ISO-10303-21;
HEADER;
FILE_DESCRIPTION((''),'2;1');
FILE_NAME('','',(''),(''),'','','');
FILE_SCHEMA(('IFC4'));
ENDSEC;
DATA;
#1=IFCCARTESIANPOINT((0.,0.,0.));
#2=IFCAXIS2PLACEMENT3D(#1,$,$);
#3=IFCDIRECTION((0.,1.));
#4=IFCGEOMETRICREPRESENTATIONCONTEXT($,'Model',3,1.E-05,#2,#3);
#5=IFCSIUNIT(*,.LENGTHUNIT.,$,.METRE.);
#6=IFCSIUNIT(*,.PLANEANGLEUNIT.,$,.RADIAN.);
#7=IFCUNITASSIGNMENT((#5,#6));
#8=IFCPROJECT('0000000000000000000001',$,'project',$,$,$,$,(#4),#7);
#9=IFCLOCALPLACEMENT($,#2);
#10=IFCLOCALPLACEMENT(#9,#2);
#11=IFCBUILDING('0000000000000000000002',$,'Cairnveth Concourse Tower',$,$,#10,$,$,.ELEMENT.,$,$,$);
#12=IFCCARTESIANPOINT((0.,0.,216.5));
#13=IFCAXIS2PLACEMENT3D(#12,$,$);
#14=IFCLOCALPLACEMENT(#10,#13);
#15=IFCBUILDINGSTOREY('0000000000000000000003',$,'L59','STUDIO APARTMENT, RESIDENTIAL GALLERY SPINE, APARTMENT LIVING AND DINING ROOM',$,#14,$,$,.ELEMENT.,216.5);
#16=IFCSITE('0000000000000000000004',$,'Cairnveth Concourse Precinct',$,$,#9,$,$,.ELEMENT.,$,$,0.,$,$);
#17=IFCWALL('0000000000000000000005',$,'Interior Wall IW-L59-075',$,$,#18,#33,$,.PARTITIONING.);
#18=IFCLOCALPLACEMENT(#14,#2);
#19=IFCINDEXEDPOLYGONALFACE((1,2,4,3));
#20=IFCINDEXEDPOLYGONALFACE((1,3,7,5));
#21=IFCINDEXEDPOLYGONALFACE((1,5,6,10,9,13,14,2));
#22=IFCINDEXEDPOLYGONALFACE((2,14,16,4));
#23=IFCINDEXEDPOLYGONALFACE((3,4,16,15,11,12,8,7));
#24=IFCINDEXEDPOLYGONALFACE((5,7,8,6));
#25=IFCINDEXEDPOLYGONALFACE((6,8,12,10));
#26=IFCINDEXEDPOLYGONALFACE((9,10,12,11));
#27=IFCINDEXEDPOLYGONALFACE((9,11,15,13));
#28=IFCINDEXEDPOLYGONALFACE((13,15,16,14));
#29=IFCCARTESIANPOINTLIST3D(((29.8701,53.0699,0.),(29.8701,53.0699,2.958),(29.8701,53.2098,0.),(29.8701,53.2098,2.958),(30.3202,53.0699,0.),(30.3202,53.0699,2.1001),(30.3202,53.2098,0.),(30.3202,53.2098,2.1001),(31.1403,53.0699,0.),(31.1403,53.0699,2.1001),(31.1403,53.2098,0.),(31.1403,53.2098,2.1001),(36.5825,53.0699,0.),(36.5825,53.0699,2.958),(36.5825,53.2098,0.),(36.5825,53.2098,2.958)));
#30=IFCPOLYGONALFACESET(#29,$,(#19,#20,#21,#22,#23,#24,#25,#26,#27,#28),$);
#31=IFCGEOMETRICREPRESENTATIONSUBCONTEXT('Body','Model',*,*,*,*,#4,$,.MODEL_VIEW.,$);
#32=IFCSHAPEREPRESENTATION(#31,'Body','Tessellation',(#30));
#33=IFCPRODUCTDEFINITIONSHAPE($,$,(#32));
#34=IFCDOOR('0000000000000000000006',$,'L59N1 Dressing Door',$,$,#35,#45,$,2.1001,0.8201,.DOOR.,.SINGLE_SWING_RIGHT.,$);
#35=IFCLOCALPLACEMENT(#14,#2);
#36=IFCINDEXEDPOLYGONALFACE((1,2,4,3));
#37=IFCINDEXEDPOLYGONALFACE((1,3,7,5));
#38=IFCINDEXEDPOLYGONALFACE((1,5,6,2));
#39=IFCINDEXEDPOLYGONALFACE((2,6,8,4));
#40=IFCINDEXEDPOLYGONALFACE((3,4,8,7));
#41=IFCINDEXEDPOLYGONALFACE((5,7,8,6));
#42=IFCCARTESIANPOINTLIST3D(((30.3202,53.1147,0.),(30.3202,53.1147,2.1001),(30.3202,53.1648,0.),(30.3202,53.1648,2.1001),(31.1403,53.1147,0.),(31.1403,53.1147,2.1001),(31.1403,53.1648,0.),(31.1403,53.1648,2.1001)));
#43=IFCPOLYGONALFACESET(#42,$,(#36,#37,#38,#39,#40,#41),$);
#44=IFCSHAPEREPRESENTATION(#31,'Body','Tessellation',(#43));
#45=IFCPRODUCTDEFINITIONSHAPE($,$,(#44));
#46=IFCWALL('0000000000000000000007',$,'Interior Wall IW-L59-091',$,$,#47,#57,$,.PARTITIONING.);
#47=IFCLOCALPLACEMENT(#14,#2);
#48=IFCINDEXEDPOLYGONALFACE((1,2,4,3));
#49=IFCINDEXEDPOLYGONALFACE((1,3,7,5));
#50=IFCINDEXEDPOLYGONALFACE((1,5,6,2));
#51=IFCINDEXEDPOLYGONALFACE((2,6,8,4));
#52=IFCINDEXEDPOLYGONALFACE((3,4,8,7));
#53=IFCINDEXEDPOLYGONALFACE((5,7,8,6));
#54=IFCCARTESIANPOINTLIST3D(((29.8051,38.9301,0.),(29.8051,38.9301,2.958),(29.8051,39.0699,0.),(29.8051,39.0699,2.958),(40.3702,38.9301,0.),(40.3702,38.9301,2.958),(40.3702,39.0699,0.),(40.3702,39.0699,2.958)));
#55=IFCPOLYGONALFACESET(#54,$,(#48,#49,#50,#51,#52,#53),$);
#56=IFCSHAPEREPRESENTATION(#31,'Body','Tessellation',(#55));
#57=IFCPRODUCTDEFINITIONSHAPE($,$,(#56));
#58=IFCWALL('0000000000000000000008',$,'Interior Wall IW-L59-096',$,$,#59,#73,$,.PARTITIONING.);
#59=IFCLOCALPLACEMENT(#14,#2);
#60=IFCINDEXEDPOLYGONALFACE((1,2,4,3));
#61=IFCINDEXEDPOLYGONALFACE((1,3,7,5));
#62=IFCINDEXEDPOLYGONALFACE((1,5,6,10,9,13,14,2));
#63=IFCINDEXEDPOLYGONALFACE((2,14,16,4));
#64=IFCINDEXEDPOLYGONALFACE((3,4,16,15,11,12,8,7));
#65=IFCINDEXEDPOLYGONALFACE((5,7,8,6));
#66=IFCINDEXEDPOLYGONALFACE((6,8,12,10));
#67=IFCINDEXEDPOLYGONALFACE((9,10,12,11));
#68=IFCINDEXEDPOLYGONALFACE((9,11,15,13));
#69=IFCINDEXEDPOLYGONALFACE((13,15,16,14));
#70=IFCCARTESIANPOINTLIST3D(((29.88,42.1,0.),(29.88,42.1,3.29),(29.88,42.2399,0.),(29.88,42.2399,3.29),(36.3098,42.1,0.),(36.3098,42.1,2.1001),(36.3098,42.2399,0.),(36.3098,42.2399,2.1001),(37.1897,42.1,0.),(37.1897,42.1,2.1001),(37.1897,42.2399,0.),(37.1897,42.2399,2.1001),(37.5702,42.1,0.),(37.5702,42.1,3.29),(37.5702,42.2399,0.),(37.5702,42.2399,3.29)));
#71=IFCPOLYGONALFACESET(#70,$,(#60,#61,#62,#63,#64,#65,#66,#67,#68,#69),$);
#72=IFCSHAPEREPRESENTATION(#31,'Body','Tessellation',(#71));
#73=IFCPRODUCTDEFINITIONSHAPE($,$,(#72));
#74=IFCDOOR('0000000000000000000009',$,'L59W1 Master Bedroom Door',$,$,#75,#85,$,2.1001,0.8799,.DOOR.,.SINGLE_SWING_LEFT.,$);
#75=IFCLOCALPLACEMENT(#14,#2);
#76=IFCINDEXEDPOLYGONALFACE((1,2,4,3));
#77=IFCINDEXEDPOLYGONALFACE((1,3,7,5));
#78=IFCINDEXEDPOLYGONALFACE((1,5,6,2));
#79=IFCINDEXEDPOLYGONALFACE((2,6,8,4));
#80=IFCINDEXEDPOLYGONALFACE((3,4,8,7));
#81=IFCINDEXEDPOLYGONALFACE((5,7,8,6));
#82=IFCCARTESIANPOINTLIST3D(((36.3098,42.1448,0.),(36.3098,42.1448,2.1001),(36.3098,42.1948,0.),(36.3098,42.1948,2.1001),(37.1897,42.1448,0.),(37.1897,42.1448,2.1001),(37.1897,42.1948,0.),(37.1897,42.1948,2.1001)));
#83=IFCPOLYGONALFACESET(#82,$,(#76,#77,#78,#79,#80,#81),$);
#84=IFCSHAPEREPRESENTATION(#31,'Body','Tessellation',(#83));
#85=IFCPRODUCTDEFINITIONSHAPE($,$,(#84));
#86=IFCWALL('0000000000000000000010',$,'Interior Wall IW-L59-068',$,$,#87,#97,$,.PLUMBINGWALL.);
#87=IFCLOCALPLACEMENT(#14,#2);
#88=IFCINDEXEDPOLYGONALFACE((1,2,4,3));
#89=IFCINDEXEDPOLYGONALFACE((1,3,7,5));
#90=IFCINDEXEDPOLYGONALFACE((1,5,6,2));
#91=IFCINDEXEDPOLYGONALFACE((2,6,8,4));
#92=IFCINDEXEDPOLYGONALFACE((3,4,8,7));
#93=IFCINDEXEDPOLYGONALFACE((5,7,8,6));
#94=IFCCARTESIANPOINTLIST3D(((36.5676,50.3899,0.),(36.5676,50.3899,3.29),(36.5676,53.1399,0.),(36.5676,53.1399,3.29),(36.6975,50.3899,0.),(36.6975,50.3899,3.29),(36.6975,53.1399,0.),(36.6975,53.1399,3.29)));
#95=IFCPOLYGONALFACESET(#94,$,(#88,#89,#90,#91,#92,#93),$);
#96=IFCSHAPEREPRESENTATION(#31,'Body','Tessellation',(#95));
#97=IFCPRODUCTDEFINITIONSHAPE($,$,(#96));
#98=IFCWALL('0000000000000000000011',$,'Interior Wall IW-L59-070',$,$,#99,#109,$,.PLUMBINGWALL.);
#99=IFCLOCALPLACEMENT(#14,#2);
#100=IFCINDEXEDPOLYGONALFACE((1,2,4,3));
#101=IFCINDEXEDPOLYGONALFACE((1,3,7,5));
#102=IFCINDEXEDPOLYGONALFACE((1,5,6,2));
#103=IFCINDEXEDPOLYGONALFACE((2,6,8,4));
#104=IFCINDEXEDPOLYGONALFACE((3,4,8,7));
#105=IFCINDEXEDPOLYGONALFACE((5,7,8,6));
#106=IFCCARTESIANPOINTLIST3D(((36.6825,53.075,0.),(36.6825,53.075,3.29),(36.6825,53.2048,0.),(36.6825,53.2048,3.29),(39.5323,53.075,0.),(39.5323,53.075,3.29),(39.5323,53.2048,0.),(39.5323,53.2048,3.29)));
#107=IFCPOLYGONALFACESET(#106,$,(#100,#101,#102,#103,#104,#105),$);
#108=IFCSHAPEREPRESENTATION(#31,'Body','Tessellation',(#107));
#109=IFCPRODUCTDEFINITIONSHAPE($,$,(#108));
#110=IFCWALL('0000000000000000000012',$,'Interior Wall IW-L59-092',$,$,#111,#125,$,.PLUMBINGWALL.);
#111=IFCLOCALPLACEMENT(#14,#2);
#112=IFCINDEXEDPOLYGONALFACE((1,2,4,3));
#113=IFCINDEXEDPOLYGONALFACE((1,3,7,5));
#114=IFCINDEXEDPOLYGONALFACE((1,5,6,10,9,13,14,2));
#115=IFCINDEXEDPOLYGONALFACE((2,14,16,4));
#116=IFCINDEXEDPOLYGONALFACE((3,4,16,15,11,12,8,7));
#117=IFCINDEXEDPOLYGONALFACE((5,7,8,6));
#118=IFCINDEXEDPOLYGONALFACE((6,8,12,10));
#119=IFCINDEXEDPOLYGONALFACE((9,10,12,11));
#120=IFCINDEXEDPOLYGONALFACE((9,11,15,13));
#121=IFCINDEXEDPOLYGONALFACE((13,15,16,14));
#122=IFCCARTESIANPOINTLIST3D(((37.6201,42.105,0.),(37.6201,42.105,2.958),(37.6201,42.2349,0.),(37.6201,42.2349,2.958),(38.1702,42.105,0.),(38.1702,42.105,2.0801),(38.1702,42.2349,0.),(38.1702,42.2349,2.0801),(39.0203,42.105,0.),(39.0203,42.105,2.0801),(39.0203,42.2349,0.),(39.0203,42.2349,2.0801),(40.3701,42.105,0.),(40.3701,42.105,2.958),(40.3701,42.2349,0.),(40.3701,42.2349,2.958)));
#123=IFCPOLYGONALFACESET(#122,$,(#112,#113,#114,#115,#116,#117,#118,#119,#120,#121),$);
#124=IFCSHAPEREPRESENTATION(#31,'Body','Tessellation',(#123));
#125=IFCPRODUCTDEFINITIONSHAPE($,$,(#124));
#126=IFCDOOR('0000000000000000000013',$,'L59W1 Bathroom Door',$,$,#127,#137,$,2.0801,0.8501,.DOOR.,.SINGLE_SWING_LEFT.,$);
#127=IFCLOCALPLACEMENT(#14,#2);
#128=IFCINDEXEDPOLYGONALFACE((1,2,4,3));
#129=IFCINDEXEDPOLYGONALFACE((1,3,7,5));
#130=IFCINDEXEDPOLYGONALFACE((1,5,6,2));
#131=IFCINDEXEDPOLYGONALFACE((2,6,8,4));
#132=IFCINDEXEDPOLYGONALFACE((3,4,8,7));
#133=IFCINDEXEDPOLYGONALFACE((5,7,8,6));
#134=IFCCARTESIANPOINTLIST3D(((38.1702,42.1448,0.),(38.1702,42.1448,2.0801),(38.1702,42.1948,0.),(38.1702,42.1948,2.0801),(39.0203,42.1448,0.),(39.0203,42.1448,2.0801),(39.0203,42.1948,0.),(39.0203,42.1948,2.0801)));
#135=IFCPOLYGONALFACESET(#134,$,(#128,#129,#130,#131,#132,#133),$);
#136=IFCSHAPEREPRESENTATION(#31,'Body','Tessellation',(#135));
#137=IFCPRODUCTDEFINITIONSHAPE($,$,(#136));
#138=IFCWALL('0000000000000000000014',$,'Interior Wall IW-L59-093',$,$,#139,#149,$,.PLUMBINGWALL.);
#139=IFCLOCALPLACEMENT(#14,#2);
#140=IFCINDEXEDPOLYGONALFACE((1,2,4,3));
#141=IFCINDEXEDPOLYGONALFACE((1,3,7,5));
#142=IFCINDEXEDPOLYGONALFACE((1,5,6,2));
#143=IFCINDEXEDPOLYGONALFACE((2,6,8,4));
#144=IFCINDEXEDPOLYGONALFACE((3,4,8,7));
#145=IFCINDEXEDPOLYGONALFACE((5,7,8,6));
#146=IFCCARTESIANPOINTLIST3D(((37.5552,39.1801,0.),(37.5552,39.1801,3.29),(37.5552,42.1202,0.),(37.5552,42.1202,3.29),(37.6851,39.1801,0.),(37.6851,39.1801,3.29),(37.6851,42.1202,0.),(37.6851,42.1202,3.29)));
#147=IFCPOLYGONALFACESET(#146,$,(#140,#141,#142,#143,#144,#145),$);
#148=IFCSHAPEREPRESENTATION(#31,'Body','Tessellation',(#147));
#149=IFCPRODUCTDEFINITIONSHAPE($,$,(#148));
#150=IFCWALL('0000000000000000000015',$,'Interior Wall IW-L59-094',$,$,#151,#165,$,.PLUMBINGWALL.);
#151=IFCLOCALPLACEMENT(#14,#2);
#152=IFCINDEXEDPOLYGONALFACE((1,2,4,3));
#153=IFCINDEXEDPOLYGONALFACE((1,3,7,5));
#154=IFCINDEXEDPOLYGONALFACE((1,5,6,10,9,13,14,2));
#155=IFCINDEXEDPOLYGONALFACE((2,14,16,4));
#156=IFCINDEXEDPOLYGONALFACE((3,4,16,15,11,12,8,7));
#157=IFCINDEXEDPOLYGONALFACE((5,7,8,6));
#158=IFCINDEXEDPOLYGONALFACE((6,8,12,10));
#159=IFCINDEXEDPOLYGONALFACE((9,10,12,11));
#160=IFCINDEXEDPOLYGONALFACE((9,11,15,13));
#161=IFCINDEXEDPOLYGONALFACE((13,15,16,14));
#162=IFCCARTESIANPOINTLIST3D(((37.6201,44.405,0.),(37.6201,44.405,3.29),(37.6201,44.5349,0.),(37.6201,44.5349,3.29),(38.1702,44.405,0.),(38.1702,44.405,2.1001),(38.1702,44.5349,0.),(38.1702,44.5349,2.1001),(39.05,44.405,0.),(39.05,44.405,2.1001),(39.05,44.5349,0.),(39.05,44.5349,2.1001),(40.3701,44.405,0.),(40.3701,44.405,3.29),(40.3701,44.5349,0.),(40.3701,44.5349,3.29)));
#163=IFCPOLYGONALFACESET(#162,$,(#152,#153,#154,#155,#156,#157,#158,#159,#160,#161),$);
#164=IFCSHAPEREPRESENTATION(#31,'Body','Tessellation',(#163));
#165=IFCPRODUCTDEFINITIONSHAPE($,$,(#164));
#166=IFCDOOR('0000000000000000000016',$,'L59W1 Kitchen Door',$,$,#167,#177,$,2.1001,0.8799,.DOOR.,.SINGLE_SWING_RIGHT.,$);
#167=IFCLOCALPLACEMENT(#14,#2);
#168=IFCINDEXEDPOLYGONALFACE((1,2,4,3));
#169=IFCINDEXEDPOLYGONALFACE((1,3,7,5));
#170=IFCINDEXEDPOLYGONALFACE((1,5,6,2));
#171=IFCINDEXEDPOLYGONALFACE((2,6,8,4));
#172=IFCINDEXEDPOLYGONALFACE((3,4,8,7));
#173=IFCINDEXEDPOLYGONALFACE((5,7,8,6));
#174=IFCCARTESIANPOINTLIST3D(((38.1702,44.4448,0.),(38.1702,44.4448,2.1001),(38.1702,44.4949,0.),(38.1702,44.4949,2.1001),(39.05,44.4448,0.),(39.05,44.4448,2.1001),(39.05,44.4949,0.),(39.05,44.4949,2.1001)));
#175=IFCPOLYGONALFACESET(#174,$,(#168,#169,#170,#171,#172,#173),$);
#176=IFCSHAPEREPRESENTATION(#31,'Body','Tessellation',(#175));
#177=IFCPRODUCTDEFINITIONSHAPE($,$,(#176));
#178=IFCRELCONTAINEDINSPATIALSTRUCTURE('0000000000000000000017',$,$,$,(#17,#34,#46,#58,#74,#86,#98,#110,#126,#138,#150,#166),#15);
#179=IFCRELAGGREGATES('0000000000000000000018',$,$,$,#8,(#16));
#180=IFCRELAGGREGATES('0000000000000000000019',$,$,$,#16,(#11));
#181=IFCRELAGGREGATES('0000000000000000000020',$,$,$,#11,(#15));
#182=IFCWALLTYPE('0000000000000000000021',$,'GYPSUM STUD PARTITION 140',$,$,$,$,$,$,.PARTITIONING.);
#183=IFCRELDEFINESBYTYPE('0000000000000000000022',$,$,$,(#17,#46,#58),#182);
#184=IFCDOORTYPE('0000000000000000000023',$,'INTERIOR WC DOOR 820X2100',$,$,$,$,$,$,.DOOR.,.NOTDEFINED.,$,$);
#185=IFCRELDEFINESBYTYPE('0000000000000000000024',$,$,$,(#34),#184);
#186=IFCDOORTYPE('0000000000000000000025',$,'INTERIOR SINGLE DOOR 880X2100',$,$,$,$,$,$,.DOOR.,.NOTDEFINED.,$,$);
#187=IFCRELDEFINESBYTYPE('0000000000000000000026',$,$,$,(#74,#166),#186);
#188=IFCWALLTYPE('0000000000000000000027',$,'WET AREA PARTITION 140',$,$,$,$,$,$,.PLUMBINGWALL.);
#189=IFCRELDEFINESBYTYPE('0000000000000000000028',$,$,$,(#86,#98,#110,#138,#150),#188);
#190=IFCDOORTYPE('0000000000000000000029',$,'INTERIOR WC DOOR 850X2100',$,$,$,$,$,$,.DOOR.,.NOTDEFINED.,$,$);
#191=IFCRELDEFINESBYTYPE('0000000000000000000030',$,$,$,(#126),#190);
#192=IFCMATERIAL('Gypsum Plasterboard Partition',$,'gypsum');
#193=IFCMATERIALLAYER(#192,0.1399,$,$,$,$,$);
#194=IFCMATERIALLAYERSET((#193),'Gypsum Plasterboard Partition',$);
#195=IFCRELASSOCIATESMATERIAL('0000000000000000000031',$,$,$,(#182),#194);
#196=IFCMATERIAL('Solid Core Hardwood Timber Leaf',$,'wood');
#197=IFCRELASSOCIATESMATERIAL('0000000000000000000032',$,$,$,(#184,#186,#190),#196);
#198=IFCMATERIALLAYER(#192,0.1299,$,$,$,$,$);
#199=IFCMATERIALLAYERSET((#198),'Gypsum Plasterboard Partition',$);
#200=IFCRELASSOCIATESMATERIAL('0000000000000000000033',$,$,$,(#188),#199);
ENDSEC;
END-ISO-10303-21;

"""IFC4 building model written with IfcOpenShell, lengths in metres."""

from ifc_helpers import new_model, si_unit, direction, frame, frame_2d, origin, place, context, subcontext, project, spatial, rectangle, extrude, material, layer, layer_set, type_object, element, fill, save


model = new_model("IFC4")

# Units and contexts
model_context = context("Model", 3, precision=1e-05, world=origin(), true_north=direction((0.0, 1.0)))
body_context = subcontext(model_context, "Body", "Model", "MODEL_VIEW")
ifc_project = project(units=[si_unit("LENGTHUNIT", "METRE"), si_unit("PLANEANGLEUNIT", "RADIAN")], contexts=[model_context])

# Site, building, storey
site_placement = place(None, origin())
site = spatial("IfcSite", under=ifc_project, at=site_placement, Name="Cairnveth Concourse Precinct", CompositionType="ELEMENT", RefElevation=0.0)
building_placement = place(site_placement, origin())
building = spatial("IfcBuilding", under=site, at=building_placement, Name="Cairnveth Concourse Tower", CompositionType="ELEMENT")
storey_placement = place(building_placement, frame((0.0, 0.0, 216.5)))
storey = spatial("IfcBuildingStorey", under=building, at=storey_placement, Name="L59", Description="STUDIO APARTMENT, RESIDENTIAL GALLERY SPINE, APARTMENT LIVING AND DINING ROOM", CompositionType="ELEMENT", Elevation=216.5)

# Shared definitions
ifc_material_1 = material(Name="Gypsum Plasterboard Partition", Category="gypsum")
ifc_material_2 = material(Name="Solid Core Hardwood Timber Leaf", Category="wood")

# Wall, opening, door
ifc_layer_1 = layer(ifc_material_1, 0.1399)
ifc_layer_set_1 = layer_set([ifc_layer_1], Name="Gypsum Plasterboard Partition")
wall_type_1 = type_object("IfcWallType", Name="GYPSUM STUD PARTITION 140", PredefinedType="PARTITIONING", material=ifc_layer_set_1)
wall_1_placement = place(storey_placement, frame((29.8701, 53.1399, 0.0), z_axis=(0.0, 0.0, 1.0), x_axis=(1.0, 0.0, 0.0)))
wall_1 = element("IfcWall", 1, at=wall_1_placement, inside=storey, type_object=wall_type_1, Name="Interior Wall IW-L59-075", PredefinedType="PARTITIONING", context=body_context, shape_type="SweptSolid", body=[
    extrude(rectangle(XDim=6.7124, YDim=0.1399, at=frame_2d((3.3562, 0.0))), origin(), (0.0, 0.0, 1.0), 2.958),
])
opening_1_placement = place(wall_1_placement, frame((0.45, 0.0, 0.0)))
opening_1 = element("IfcOpeningElement", 2, at=opening_1_placement, cuts=wall_1, PredefinedType="OPENING", context=body_context, shape_type="SweptSolid", body=[
    extrude(rectangle(XDim=0.8201, YDim=2.1001, at=frame_2d((0.4102, 1.05))), frame((0.0, 0.0798, 0.0), z_axis=(0.0, -1.0, 0.0), x_axis=(1.0, 0.0, 0.0)), (0.0, 0.0, 1.0), 0.1599),
])
door_type_1 = type_object("IfcDoorType", Name="INTERIOR WC DOOR 820X2100", OperationType="NOTDEFINED", PredefinedType="DOOR", material=ifc_material_2)
door_1_placement = place(opening_1_placement, origin())
door_1 = element("IfcDoor", 3, at=door_1_placement, inside=storey, type_object=door_type_1, Name="L59N1 Dressing Door", OperationType="SINGLE_SWING_RIGHT", OverallHeight=2.1001, OverallWidth=0.8201, PredefinedType="DOOR", context=body_context, shape_type="SweptSolid", body=[
    extrude(rectangle(XDim=0.8201, YDim=2.1001, at=frame_2d((0.4102, 1.05))), frame((0.0, 0.0249, 0.0), z_axis=(0.0, -1.0, 0.0), x_axis=(1.0, 0.0, 0.0)), (0.0, 0.0, 1.0), 0.05),
])
fill(opening_1, door_1)

# Wall
wall_2_placement = place(storey_placement, frame((29.8049, 39.0, 0.0), z_axis=(0.0, 0.0, 1.0), x_axis=(1.0, 0.0, 0.0)))
element("IfcWall", 4, at=wall_2_placement, inside=storey, type_object=wall_type_1, Name="Interior Wall IW-L59-091", PredefinedType="PARTITIONING", context=body_context, shape_type="SweptSolid", body=[
    extrude(rectangle(XDim=10.5652, YDim=0.1399, at=frame_2d((5.2827, 0.0))), origin(), (0.0, 0.0, 1.0), 2.958),
])

# Wall, opening, door
wall_3_placement = place(storey_placement, frame((29.8799, 42.1699, 0.0), z_axis=(0.0, 0.0, 1.0), x_axis=(1.0, 0.0, 0.0)))
wall_3 = element("IfcWall", 5, at=wall_3_placement, inside=storey, type_object=wall_type_1, Name="Interior Wall IW-L59-096", PredefinedType="PARTITIONING", context=body_context, shape_type="SweptSolid", body=[
    extrude(rectangle(XDim=7.6902, YDim=0.1399, at=frame_2d((3.8452, 0.0))), origin(), (0.0, 0.0, 1.0), 3.29),
])
opening_2_placement = place(wall_3_placement, frame((6.4299, 0.0, 0.0)))
opening_2 = element("IfcOpeningElement", 6, at=opening_2_placement, cuts=wall_3, PredefinedType="OPENING", context=body_context, shape_type="SweptSolid", body=[
    extrude(rectangle(XDim=0.8799, YDim=2.1001, at=frame_2d((0.4399, 1.05))), frame((0.0, 0.0798, 0.0), z_axis=(0.0, -1.0, 0.0), x_axis=(1.0, 0.0, 0.0)), (0.0, 0.0, 1.0), 0.1599),
])
door_type_2 = type_object("IfcDoorType", Name="INTERIOR SINGLE DOOR 880X2100", OperationType="NOTDEFINED", PredefinedType="DOOR", material=ifc_material_2)
door_2_placement = place(opening_2_placement, origin())
door_2 = element("IfcDoor", 7, at=door_2_placement, inside=storey, type_object=door_type_2, Name="L59W1 Master Bedroom Door", OperationType="SINGLE_SWING_LEFT", OverallHeight=2.1001, OverallWidth=0.8799, PredefinedType="DOOR", context=body_context, shape_type="SweptSolid", body=[
    extrude(rectangle(XDim=0.8799, YDim=2.1001, at=frame_2d((0.4399, 1.05))), frame((0.0, 0.0249, 0.0), z_axis=(0.0, -1.0, 0.0), x_axis=(1.0, 0.0, 0.0)), (0.0, 0.0, 1.0), 0.05),
])
fill(opening_2, door_2)

# Walls
ifc_layer_2 = layer(ifc_material_1, 0.1299)
ifc_layer_set_2 = layer_set([ifc_layer_2], Name="Gypsum Plasterboard Partition")
wall_type_2 = type_object("IfcWallType", Name="WET AREA PARTITION 140", PredefinedType="PLUMBINGWALL", material=ifc_layer_set_2)
wall_4_placement = place(storey_placement, frame((36.6326, 50.3899, 0.0), z_axis=(0.0, 0.0, 1.0), x_axis=(0.0, 1.0, 0.0)))
element("IfcWall", 8, at=wall_4_placement, inside=storey, type_object=wall_type_2, Name="Interior Wall IW-L59-068", PredefinedType="PLUMBINGWALL", context=body_context, shape_type="SweptSolid", body=[
    extrude(rectangle(XDim=2.75, YDim=0.1299, at=frame_2d((1.375, 0.0))), origin(), (0.0, 0.0, 1.0), 3.29),
])
wall_5_placement = place(storey_placement, frame((36.6826, 53.1399, 0.0), z_axis=(0.0, 0.0, 1.0), x_axis=(1.0, 0.0, 0.0)))
element("IfcWall", 9, at=wall_5_placement, inside=storey, type_object=wall_type_2, Name="Interior Wall IW-L59-070", PredefinedType="PLUMBINGWALL", context=body_context, shape_type="SweptSolid", body=[
    extrude(rectangle(XDim=2.8499, YDim=0.1299, at=frame_2d((1.4248, 0.0))), origin(), (0.0, 0.0, 1.0), 3.29),
])

# Wall, opening, door
wall_6_placement = place(storey_placement, frame((37.6201, 42.1699, 0.0), z_axis=(0.0, 0.0, 1.0), x_axis=(1.0, 0.0, 0.0)))
wall_6 = element("IfcWall", 10, at=wall_6_placement, inside=storey, type_object=wall_type_2, Name="Interior Wall IW-L59-092", PredefinedType="PLUMBINGWALL", context=body_context, shape_type="SweptSolid", body=[
    extrude(rectangle(XDim=2.75, YDim=0.1299, at=frame_2d((1.375, 0.0))), origin(), (0.0, 0.0, 1.0), 2.958),
])
opening_3_placement = place(wall_6_placement, frame((0.55, 0.0, 0.0)))
opening_3 = element("IfcOpeningElement", 11, at=opening_3_placement, cuts=wall_6, PredefinedType="OPENING", context=body_context, shape_type="SweptSolid", body=[
    extrude(rectangle(XDim=0.8501, YDim=2.0801, at=frame_2d((0.425, 1.04))), frame((0.0, 0.075, 0.0), z_axis=(0.0, -1.0, 0.0), x_axis=(1.0, 0.0, 0.0)), (0.0, 0.0, 1.0), 0.1499),
])
door_type_3 = type_object("IfcDoorType", Name="INTERIOR WC DOOR 850X2100", OperationType="NOTDEFINED", PredefinedType="DOOR", material=ifc_material_2)
door_3_placement = place(opening_3_placement, origin())
door_3 = element("IfcDoor", 12, at=door_3_placement, inside=storey, type_object=door_type_3, Name="L59W1 Bathroom Door", OperationType="SINGLE_SWING_LEFT", OverallHeight=2.0801, OverallWidth=0.8501, PredefinedType="DOOR", context=body_context, shape_type="SweptSolid", body=[
    extrude(rectangle(XDim=0.8501, YDim=2.0801, at=frame_2d((0.425, 1.04))), frame((0.0, 0.0249, 0.0), z_axis=(0.0, -1.0, 0.0), x_axis=(1.0, 0.0, 0.0)), (0.0, 0.0, 1.0), 0.05),
])
fill(opening_3, door_3)

# Wall
wall_7_placement = place(storey_placement, frame((37.6201, 39.1799, 0.0), z_axis=(0.0, 0.0, 1.0), x_axis=(0.0, 1.0, 0.0)))
element("IfcWall", 13, at=wall_7_placement, inside=storey, type_object=wall_type_2, Name="Interior Wall IW-L59-093", PredefinedType="PLUMBINGWALL", context=body_context, shape_type="SweptSolid", body=[
    extrude(rectangle(XDim=2.9402, YDim=0.1299, at=frame_2d((1.4702, 0.0))), origin(), (0.0, 0.0, 1.0), 3.29),
])

# Wall, opening, door
wall_8_placement = place(storey_placement, frame((37.6201, 44.47, 0.0), z_axis=(0.0, 0.0, 1.0), x_axis=(1.0, 0.0, 0.0)))
wall_8 = element("IfcWall", 14, at=wall_8_placement, inside=storey, type_object=wall_type_2, Name="Interior Wall IW-L59-094", PredefinedType="PLUMBINGWALL", context=body_context, shape_type="SweptSolid", body=[
    extrude(rectangle(XDim=2.75, YDim=0.1299, at=frame_2d((1.375, 0.0))), origin(), (0.0, 0.0, 1.0), 3.29),
])
opening_4_placement = place(wall_8_placement, frame((0.55, 0.0, 0.0)))
opening_4 = element("IfcOpeningElement", 15, at=opening_4_placement, cuts=wall_8, PredefinedType="OPENING", context=body_context, shape_type="SweptSolid", body=[
    extrude(rectangle(XDim=0.8799, YDim=2.1001, at=frame_2d((0.4399, 1.05))), frame((0.0, 0.075, 0.0), z_axis=(0.0, -1.0, 0.0), x_axis=(1.0, 0.0, 0.0)), (0.0, 0.0, 1.0), 0.1499),
])
door_4_placement = place(opening_4_placement, origin())
door_4 = element("IfcDoor", 16, at=door_4_placement, inside=storey, type_object=door_type_2, Name="L59W1 Kitchen Door", OperationType="SINGLE_SWING_RIGHT", OverallHeight=2.1001, OverallWidth=0.8799, PredefinedType="DOOR", context=body_context, shape_type="SweptSolid", body=[
    extrude(rectangle(XDim=0.8799, YDim=2.1001, at=frame_2d((0.4399, 1.05))), frame((0.0, 0.0249, 0.0), z_axis=(0.0, -1.0, 0.0), x_axis=(1.0, 0.0, 0.0)), (0.0, 0.0, 1.0), 0.05),
])
fill(opening_4, door_4)

save(model, "model.ifc")
